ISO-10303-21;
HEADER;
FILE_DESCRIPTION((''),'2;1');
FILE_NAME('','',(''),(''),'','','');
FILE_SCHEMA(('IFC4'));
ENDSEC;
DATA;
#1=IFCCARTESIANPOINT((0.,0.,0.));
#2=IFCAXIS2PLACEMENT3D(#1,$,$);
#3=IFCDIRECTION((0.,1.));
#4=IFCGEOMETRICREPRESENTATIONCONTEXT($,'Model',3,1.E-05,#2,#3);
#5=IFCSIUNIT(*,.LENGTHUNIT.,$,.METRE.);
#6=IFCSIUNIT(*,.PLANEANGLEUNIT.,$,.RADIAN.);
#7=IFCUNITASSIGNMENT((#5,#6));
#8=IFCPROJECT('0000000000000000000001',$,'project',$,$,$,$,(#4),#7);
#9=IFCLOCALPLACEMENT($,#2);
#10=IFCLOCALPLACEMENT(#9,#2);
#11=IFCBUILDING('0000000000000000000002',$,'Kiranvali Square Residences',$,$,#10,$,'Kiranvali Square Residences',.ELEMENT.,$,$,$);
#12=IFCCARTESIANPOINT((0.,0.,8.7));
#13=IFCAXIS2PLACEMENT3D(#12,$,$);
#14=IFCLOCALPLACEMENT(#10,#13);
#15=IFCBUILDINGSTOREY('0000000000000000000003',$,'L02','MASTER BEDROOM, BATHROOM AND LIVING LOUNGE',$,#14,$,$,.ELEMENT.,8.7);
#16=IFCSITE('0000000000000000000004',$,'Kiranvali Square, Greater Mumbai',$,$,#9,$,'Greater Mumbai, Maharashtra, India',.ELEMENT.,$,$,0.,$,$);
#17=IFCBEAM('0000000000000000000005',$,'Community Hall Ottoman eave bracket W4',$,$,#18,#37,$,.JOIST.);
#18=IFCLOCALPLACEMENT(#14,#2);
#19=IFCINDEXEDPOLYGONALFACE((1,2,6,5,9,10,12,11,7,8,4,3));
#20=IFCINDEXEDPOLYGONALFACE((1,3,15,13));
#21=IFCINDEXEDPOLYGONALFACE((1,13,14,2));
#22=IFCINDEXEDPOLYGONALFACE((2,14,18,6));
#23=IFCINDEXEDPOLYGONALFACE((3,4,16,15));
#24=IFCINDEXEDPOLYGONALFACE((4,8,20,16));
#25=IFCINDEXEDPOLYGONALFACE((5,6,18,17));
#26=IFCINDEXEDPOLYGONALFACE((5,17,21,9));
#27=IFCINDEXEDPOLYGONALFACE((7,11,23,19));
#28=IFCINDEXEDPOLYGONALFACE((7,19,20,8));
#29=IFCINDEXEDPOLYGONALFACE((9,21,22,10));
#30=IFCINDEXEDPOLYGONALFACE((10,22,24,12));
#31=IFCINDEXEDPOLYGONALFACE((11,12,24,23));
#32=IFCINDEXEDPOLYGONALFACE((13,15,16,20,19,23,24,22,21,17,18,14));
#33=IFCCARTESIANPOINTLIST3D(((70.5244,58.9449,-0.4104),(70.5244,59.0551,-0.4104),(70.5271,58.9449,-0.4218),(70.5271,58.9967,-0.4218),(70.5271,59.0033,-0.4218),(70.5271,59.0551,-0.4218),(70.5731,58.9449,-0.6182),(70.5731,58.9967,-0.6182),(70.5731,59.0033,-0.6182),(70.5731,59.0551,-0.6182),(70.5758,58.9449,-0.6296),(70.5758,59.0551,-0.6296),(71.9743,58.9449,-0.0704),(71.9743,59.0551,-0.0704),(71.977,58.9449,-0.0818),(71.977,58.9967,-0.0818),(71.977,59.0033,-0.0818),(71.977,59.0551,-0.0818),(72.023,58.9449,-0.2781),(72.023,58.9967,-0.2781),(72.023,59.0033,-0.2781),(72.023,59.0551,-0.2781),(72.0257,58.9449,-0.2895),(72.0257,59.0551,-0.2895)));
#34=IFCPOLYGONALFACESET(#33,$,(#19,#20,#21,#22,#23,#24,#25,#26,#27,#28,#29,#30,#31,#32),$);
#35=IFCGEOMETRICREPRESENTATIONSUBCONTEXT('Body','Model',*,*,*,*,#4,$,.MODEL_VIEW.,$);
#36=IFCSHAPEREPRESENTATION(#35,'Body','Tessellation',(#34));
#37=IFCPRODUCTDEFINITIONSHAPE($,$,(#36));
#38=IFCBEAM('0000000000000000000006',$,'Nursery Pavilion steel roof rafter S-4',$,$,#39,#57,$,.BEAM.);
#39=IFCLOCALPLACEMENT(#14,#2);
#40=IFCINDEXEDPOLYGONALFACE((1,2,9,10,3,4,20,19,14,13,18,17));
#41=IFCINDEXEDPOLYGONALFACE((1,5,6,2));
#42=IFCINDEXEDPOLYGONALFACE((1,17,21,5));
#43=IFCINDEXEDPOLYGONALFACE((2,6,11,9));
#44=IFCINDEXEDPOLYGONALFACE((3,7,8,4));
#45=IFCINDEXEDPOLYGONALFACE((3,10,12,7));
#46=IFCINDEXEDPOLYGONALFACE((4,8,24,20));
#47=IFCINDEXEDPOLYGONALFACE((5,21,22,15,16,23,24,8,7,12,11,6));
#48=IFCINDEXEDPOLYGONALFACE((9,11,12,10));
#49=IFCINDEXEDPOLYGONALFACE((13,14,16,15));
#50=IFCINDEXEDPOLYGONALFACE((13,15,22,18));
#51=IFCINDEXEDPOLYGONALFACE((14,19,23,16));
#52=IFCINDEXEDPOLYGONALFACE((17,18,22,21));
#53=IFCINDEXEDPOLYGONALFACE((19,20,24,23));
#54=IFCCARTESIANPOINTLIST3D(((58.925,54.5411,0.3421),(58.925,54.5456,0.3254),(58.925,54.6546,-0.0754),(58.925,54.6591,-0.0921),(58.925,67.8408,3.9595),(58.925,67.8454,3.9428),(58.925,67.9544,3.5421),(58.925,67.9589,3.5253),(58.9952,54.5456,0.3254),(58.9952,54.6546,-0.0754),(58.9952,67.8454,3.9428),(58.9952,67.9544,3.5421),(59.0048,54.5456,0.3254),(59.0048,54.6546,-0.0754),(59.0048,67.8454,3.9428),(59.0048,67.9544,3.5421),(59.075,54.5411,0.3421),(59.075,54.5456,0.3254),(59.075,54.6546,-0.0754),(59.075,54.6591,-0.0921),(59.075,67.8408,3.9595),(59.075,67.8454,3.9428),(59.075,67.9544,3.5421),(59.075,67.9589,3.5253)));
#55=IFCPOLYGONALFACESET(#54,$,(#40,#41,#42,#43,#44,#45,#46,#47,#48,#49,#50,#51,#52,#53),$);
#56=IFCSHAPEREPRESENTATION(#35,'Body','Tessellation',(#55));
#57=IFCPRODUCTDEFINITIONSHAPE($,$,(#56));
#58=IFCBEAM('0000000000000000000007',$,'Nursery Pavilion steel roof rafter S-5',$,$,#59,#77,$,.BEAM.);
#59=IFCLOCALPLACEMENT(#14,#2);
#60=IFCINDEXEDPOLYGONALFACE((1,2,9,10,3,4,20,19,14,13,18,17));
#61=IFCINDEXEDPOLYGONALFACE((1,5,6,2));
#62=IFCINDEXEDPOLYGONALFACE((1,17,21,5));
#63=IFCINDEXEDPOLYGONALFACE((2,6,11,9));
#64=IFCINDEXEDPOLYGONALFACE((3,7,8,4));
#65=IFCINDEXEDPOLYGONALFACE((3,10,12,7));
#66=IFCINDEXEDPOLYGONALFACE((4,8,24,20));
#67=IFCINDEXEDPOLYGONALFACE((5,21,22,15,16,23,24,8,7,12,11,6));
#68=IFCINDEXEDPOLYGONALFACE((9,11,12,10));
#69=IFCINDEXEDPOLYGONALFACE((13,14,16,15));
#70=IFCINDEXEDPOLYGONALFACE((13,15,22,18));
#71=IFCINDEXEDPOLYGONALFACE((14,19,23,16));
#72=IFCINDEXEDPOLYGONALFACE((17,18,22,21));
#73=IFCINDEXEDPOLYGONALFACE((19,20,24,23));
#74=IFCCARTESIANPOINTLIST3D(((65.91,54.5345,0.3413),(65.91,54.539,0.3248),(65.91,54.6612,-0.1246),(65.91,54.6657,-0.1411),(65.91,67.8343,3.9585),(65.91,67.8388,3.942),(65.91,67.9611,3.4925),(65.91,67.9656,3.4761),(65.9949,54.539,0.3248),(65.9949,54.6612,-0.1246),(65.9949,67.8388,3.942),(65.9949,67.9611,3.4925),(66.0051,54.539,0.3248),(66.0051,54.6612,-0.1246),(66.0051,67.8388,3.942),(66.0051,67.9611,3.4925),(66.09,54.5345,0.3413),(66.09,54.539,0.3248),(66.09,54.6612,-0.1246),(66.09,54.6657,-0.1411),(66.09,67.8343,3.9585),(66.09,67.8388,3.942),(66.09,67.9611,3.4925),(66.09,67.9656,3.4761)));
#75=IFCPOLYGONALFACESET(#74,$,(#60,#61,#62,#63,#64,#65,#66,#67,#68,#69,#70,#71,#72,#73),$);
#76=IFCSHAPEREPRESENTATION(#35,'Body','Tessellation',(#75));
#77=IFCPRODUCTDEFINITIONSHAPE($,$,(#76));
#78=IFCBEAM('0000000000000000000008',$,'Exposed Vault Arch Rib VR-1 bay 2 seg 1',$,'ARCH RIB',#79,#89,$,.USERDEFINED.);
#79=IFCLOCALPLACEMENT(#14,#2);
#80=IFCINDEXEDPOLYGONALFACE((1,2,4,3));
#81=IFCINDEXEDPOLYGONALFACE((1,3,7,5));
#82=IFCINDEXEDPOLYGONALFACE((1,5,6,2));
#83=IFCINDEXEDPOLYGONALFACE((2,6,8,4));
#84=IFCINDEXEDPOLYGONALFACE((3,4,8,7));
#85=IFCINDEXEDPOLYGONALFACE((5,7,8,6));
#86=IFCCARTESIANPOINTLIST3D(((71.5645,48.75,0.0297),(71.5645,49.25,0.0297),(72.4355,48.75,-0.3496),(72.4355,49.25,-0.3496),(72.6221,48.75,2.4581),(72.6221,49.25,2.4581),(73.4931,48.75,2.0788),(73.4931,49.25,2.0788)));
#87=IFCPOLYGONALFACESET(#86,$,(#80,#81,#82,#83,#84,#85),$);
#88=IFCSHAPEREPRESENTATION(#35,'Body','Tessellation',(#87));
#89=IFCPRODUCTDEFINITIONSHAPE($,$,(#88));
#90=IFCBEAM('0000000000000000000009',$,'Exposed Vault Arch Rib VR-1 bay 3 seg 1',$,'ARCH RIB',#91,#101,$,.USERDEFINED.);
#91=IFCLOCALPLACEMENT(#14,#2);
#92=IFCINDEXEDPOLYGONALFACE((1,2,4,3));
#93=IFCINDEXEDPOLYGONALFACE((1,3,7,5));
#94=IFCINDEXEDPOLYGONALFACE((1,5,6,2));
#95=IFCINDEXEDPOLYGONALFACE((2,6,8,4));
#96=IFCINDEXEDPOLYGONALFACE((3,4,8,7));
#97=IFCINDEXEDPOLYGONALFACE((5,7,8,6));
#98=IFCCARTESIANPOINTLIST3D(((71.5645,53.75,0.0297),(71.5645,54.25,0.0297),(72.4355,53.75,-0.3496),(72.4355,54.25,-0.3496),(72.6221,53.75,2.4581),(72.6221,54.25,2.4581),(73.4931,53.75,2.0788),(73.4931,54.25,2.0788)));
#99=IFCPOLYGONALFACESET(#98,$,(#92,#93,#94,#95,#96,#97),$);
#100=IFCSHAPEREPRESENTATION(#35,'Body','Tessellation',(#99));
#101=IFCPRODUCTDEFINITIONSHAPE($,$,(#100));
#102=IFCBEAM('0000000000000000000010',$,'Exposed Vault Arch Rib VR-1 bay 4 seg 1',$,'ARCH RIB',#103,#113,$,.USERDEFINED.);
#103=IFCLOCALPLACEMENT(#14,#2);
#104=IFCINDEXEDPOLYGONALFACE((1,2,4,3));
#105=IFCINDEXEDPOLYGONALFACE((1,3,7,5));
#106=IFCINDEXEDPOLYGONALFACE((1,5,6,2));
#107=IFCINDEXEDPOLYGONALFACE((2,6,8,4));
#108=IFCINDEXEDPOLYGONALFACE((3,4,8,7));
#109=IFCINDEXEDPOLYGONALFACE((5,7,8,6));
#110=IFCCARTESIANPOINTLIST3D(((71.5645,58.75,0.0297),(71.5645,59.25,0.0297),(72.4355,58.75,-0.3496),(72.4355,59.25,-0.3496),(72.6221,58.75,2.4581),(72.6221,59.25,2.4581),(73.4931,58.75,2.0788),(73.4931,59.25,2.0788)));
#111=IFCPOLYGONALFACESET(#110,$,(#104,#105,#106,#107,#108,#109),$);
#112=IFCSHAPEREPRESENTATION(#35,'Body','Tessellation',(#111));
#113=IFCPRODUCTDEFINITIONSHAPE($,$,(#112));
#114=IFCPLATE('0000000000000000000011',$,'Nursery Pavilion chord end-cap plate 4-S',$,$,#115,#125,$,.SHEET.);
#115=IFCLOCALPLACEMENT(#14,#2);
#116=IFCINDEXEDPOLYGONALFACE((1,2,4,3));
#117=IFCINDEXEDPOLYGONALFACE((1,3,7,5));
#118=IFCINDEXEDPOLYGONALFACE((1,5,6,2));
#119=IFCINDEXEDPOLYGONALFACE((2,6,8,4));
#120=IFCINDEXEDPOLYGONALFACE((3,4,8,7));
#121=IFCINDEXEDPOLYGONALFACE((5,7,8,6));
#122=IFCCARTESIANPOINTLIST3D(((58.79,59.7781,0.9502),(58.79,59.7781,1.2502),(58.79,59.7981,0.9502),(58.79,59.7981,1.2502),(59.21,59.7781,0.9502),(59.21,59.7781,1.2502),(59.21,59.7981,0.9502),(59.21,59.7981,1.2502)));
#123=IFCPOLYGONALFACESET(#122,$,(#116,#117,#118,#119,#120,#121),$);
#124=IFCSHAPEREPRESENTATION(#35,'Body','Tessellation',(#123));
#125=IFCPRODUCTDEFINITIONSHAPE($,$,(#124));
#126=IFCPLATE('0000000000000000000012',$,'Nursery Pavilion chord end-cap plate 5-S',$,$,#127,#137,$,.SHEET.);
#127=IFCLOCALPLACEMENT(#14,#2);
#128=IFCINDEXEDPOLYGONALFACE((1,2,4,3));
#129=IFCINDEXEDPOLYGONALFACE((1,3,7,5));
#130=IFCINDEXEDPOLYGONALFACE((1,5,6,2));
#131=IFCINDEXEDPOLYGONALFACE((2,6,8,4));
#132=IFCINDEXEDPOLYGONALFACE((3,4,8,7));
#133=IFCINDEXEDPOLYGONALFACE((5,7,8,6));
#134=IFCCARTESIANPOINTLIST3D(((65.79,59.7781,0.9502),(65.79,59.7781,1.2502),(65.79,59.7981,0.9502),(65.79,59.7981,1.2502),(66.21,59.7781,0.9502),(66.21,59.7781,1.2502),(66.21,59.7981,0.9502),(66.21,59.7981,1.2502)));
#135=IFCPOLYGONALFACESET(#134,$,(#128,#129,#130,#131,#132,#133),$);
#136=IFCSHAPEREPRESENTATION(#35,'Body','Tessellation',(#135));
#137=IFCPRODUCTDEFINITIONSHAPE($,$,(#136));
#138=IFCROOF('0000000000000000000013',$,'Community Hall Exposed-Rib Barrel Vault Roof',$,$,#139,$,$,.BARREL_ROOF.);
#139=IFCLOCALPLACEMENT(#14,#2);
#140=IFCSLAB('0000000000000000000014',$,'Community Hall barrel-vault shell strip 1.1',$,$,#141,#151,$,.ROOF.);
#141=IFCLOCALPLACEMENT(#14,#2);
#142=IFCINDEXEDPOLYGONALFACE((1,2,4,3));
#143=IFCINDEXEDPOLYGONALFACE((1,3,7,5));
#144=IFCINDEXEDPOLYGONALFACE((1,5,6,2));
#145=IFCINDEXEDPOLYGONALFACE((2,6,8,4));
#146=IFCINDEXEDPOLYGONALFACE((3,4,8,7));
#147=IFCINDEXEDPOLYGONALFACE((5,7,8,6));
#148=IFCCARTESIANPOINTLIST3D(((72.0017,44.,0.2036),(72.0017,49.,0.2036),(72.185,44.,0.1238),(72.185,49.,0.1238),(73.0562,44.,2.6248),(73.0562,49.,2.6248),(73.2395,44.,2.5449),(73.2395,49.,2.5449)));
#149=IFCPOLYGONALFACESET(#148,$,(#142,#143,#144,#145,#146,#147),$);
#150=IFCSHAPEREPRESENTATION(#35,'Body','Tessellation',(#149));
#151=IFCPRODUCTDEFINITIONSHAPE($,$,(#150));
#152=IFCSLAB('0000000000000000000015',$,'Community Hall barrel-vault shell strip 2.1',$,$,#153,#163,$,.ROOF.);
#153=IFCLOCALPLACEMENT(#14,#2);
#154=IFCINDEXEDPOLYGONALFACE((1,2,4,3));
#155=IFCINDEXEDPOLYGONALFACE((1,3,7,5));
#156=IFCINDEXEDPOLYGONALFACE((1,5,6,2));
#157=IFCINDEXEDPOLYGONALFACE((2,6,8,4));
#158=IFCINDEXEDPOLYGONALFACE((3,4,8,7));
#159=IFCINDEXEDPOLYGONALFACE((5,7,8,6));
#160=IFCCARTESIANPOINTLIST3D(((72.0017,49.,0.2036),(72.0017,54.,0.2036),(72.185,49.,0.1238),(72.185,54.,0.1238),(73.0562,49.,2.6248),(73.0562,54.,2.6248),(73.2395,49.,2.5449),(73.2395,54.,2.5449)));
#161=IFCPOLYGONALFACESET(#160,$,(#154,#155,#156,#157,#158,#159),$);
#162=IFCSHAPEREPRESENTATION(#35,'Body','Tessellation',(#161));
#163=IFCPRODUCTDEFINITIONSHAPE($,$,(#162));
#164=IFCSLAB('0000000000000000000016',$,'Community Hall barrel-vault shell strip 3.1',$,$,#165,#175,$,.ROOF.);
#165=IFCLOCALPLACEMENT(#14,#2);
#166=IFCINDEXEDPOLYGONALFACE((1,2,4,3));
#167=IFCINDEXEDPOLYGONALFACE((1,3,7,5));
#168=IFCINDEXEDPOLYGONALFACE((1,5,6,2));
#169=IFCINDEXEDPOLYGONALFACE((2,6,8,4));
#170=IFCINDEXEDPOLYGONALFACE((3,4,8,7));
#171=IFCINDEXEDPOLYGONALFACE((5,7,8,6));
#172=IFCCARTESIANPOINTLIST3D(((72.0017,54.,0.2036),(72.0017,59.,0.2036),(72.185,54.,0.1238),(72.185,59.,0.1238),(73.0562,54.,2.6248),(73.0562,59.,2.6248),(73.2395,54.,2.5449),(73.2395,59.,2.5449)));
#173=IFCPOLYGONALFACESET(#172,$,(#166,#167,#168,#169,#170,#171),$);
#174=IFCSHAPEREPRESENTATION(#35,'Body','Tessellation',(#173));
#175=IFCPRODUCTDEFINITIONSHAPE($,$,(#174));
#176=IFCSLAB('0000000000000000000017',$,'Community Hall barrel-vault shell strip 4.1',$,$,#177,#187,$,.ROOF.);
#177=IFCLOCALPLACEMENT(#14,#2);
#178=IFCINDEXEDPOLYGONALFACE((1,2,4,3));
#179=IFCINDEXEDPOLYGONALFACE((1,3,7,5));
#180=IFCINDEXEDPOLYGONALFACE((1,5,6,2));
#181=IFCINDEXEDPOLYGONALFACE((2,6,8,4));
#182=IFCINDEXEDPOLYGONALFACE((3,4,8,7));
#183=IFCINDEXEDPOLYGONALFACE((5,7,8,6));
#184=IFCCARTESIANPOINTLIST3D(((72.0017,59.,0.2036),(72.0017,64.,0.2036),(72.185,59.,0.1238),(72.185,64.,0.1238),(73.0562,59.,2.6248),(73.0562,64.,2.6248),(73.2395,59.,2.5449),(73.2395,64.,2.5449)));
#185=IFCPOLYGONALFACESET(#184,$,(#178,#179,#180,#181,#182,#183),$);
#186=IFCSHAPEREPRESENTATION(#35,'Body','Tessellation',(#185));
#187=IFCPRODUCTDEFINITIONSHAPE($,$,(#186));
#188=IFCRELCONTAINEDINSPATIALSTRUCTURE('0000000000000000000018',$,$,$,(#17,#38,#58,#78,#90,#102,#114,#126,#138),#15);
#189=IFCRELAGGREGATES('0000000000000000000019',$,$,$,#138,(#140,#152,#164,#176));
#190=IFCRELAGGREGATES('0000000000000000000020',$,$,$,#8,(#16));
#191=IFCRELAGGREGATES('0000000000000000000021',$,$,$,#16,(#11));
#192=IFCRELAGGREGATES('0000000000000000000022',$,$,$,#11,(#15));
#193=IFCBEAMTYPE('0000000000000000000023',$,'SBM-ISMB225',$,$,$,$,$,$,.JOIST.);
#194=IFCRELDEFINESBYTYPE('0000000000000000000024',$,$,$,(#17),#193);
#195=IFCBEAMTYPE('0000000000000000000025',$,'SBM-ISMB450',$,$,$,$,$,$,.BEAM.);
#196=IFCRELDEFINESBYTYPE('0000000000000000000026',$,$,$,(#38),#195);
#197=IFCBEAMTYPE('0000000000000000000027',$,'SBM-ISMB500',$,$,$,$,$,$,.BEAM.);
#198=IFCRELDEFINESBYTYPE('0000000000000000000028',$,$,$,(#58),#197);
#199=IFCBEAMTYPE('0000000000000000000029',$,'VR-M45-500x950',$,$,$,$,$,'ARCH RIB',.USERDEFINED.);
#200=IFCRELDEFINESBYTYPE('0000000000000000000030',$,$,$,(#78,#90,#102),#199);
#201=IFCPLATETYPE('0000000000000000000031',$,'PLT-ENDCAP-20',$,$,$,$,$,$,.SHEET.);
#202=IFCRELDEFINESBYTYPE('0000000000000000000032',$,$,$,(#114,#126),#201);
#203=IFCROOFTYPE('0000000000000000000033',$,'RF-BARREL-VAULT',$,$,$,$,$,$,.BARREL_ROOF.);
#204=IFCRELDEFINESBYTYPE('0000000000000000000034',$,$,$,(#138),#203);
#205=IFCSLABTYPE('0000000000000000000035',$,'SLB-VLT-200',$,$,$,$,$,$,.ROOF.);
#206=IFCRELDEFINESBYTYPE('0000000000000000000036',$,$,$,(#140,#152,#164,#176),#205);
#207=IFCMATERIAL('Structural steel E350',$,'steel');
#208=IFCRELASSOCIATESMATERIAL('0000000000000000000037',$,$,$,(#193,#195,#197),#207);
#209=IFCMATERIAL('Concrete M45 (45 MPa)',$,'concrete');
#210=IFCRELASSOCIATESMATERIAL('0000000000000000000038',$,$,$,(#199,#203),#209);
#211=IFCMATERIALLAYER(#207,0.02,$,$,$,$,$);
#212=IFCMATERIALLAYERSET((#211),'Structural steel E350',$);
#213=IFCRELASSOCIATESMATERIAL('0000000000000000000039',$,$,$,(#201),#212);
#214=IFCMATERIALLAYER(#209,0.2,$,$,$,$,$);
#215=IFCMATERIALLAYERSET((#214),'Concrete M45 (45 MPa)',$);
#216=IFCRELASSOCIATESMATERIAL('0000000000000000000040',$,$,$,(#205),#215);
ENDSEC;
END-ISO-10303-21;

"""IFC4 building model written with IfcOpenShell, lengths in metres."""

from ifc_helpers import new_model, si_unit, direction, frame, origin, origin_2d, place, context, subcontext, project, spatial, polyline, rectangle, i_section, outline, extrude, material, layer, layer_set, material_profile, profile_set, type_object, element, aggregate, save


model = new_model("IFC4")

# Units and contexts
model_context = context("Model", 3, precision=1e-05, world=origin(), true_north=direction((0.0, 1.0)))
body_context = subcontext(model_context, "Body", "Model", "MODEL_VIEW")
ifc_project = project(units=[si_unit("LENGTHUNIT", "METRE"), si_unit("PLANEANGLEUNIT", "RADIAN")], contexts=[model_context])

# Site, building, storey
site_placement = place(None, origin())
site = spatial("IfcSite", under=ifc_project, at=site_placement, Name="Kiranvali Square, Greater Mumbai", LongName="Greater Mumbai, Maharashtra, India", CompositionType="ELEMENT", RefElevation=0.0)
building_placement = place(site_placement, origin())
building = spatial("IfcBuilding", under=site, at=building_placement, Name="Kiranvali Square Residences", LongName="Kiranvali Square Residences", CompositionType="ELEMENT")
storey_placement = place(building_placement, frame((0.0, 0.0, 8.7)))
storey = spatial("IfcBuildingStorey", under=building, at=storey_placement, Name="L02", Description="MASTER BEDROOM, BATHROOM AND LIVING LOUNGE", CompositionType="ELEMENT", Elevation=8.7)

# Shared definitions
ifc_material_1 = material(Name="Structural steel E350", Category="steel")

# Beams
ifc_material_profile_1 = material_profile(ifc_material_1, i_section(OverallWidth=0.1101, OverallDepth=0.2251, WebThickness=0.0066, FlangeThickness=0.0117, at=origin_2d()), Name="ISMB 225")
ifc_profile_set_1 = profile_set([ifc_material_profile_1], Name="Structural steel E350")
beam_type_1 = type_object("IfcBeamType", Name="SBM-ISMB225", PredefinedType="JOIST", material=ifc_profile_set_1)
for number, where, z_axis, x_axis, name in (
    (1, (72.0, 59.0, -0.1799), (-0.973578, 0.0, -0.228354), (0.0, -1.0, 0.0), "Community Hall Ottoman eave bracket W4"),
):
    element("IfcBeam", number, at=place(storey_placement, frame(where, z_axis=z_axis, x_axis=x_axis)), inside=storey, type_object=beam_type_1, Name=name, PredefinedType="JOIST", context=body_context, shape_type="SweptSolid", body=[
        extrude(i_section(OverallWidth=0.1101, OverallDepth=0.2251, WebThickness=0.0066, FlangeThickness=0.0117, at=origin_2d()), origin(), (0.0, 0.0, 1.0), 1.4893),
    ])
ifc_material_profile_2 = material_profile(ifc_material_1, i_section(OverallWidth=0.1499, OverallDepth=0.45, WebThickness=0.0095, FlangeThickness=0.0173, at=origin_2d()), Name="ISMB 450")
ifc_profile_set_2 = profile_set([ifc_material_profile_2], Name="Structural steel E350")
beam_type_2 = type_object("IfcBeamType", Name="SBM-ISMB450", PredefinedType="BEAM", material=ifc_profile_set_2)
beam_1_placement = place(storey_placement, frame((59.0, 54.6001, 0.125), z_axis=(0.0, 0.964944, 0.262456), x_axis=(-1.0, 0.0, 0.0)))
element("IfcBeam", 2, at=beam_1_placement, inside=storey, type_object=beam_type_2, Name="Nursery Pavilion steel roof rafter S-4", PredefinedType="BEAM", context=body_context, shape_type="SweptSolid", body=[
    extrude(i_section(OverallWidth=0.1499, OverallDepth=0.45, WebThickness=0.0095, FlangeThickness=0.0173, at=origin_2d()), origin(), (0.0, 0.0, 1.0), 13.783),
])
ifc_material_profile_3 = material_profile(ifc_material_1, i_section(OverallWidth=0.1799, OverallDepth=0.5, WebThickness=0.0103, FlangeThickness=0.0171, at=origin_2d()), Name="ISMB 500")
ifc_profile_set_3 = profile_set([ifc_material_profile_3], Name="Structural steel E350")
beam_type_3 = type_object("IfcBeamType", Name="SBM-ISMB500", PredefinedType="BEAM", material=ifc_profile_set_3)
beam_2_placement = place(storey_placement, frame((66.0, 54.6001, 0.1001), z_axis=(0.0, 0.964948, 0.26244), x_axis=(-1.0, 0.0, 0.0)))
element("IfcBeam", 3, at=beam_2_placement, inside=storey, type_object=beam_type_3, Name="Nursery Pavilion steel roof rafter S-5", PredefinedType="BEAM", context=body_context, shape_type="SweptSolid", body=[
    extrude(i_section(OverallWidth=0.1799, OverallDepth=0.5, WebThickness=0.0103, FlangeThickness=0.0171, at=origin_2d()), origin(), (0.0, 0.0, 1.0), 13.783),
])
ifc_material_2 = material(Name="Concrete M45 (45 MPa)", Category="concrete")
ifc_material_profile_4 = material_profile(ifc_material_2, rectangle(XDim=0.5, YDim=0.95, at=origin_2d()), Name="RC 500x950")
ifc_profile_set_4 = profile_set([ifc_material_profile_4], Name="Concrete M45 (45 MPa)")
beam_type_4 = type_object("IfcBeamType", Name="VR-M45-500x950", ElementType="ARCH RIB", PredefinedType="USERDEFINED", material=ifc_profile_set_4)
for number, where, z_axis, x_axis, name in (
    (4, (72.0, 49.0, -0.1599), (0.399286, 0.0, 0.916827), (0.0, 1.0, 0.0), "Exposed Vault Arch Rib VR-1 bay 2 seg 1"),
    (5, (72.0, 54.0, -0.1599), (0.399286, 0.0, 0.916827), (0.0, 1.0, 0.0), "Exposed Vault Arch Rib VR-1 bay 3 seg 1"),
    (6, (72.0, 59.0, -0.1599), (0.399286, 0.0, 0.916827), (0.0, 1.0, 0.0), "Exposed Vault Arch Rib VR-1 bay 4 seg 1"),
):
    element("IfcBeam", number, at=place(storey_placement, frame(where, z_axis=z_axis, x_axis=x_axis)), inside=storey, type_object=beam_type_4, Name=name, ObjectType="ARCH RIB", PredefinedType="USERDEFINED", context=body_context, shape_type="SweptSolid", body=[
        extrude(rectangle(XDim=0.5, YDim=0.95, at=origin_2d()), origin(), (0.0, 0.0, 1.0), 2.6487),
    ])

# Plates
ifc_layer_1 = layer(ifc_material_1, 0.02)
ifc_layer_set_1 = layer_set([ifc_layer_1], Name="Structural steel E350")
plate_type = type_object("IfcPlateType", Name="PLT-ENDCAP-20", PredefinedType="SHEET", material=ifc_layer_set_1)
for number, where, z_axis, x_axis, name in (
    (7, (59.0, 59.7881, 0.9502), (0.0, 0.0, 1.0), (1.0, 0.0, 0.0), "Nursery Pavilion chord end-cap plate 4-S"),
    (8, (66.0, 59.7881, 0.9502), (0.0, 0.0, 1.0), (1.0, 0.0, 0.0), "Nursery Pavilion chord end-cap plate 5-S"),
):
    element("IfcPlate", number, at=place(storey_placement, frame(where, z_axis=z_axis, x_axis=x_axis)), inside=storey, type_object=plate_type, Name=name, PredefinedType="SHEET", context=body_context, shape_type="SweptSolid", body=[
        extrude(rectangle(XDim=0.4199, YDim=0.02, at=origin_2d()), origin(), (0.0, 0.0, 1.0), 0.3),
    ])

# Roof, slabs
roof_type = type_object("IfcRoofType", Name="RF-BARREL-VAULT", PredefinedType="BARREL_ROOF", material=ifc_material_2)
roof_placement = place(storey_placement, origin())
roof = element("IfcRoof", 9, at=roof_placement, inside=storey, type_object=roof_type, Name="Community Hall Exposed-Rib Barrel Vault Roof", PredefinedType="BARREL_ROOF")
ifc_layer_2 = layer(ifc_material_2, 0.2)
ifc_layer_set_2 = layer_set([ifc_layer_2], Name="Concrete M45 (45 MPa)")
slab_type = type_object("IfcSlabType", Name="SLB-VLT-200", PredefinedType="ROOF", material=ifc_layer_set_2)
slab_1_placement = place(storey_placement, frame((72.0017, 44.0, 0.2036), z_axis=(-0.916824, 0.0, 0.399291), x_axis=(0.399291, 0.0, 0.916824)))
slab_1 = element("IfcSlab", 10, at=slab_1_placement, type_object=slab_type, Name="Community Hall barrel-vault shell strip 1.1", PredefinedType="ROOF", context=body_context, shape_type="SweptSolid", body=[
    extrude(outline(polyline([(0.0, 0.0), (2.6408, 0.0), (2.6408, 5.0), (0.0, 5.0), (0.0, 0.0)])), origin(), (0.0, 0.0, -1.0), 0.2),
])
slab_2_placement = place(storey_placement, frame((72.0017, 49.0, 0.2036), z_axis=(-0.916824, 0.0, 0.399291), x_axis=(0.399291, 0.0, 0.916824)))
slab_2 = element("IfcSlab", 11, at=slab_2_placement, type_object=slab_type, Name="Community Hall barrel-vault shell strip 2.1", PredefinedType="ROOF", context=body_context, shape_type="SweptSolid", body=[
    extrude(outline(polyline([(0.0, 0.0), (2.6408, 0.0), (2.6408, 5.0), (0.0, 5.0), (0.0, 0.0)])), origin(), (0.0, 0.0, -1.0), 0.2),
])
slab_3_placement = place(storey_placement, frame((72.0017, 54.0, 0.2036), z_axis=(-0.916824, 0.0, 0.399291), x_axis=(0.399291, 0.0, 0.916824)))
slab_3 = element("IfcSlab", 12, at=slab_3_placement, type_object=slab_type, Name="Community Hall barrel-vault shell strip 3.1", PredefinedType="ROOF", context=body_context, shape_type="SweptSolid", body=[
    extrude(outline(polyline([(0.0, 0.0), (2.6408, 0.0), (2.6408, 5.0), (0.0, 5.0), (0.0, 0.0)])), origin(), (0.0, 0.0, -1.0), 0.2),
])
slab_4_placement = place(storey_placement, frame((72.0017, 59.0, 0.2036), z_axis=(-0.916824, 0.0, 0.399291), x_axis=(0.399291, 0.0, 0.916824)))
slab_4 = element("IfcSlab", 13, at=slab_4_placement, type_object=slab_type, Name="Community Hall barrel-vault shell strip 4.1", PredefinedType="ROOF", context=body_context, shape_type="SweptSolid", body=[
    extrude(outline(polyline([(0.0, 0.0), (2.6408, 0.0), (2.6408, 5.0), (0.0, 5.0), (0.0, 0.0)])), origin(), (0.0, 0.0, -1.0), 0.2),
])
aggregate(roof, [slab_1, slab_2, slab_3, slab_4])

save(model, "model.ifc")
